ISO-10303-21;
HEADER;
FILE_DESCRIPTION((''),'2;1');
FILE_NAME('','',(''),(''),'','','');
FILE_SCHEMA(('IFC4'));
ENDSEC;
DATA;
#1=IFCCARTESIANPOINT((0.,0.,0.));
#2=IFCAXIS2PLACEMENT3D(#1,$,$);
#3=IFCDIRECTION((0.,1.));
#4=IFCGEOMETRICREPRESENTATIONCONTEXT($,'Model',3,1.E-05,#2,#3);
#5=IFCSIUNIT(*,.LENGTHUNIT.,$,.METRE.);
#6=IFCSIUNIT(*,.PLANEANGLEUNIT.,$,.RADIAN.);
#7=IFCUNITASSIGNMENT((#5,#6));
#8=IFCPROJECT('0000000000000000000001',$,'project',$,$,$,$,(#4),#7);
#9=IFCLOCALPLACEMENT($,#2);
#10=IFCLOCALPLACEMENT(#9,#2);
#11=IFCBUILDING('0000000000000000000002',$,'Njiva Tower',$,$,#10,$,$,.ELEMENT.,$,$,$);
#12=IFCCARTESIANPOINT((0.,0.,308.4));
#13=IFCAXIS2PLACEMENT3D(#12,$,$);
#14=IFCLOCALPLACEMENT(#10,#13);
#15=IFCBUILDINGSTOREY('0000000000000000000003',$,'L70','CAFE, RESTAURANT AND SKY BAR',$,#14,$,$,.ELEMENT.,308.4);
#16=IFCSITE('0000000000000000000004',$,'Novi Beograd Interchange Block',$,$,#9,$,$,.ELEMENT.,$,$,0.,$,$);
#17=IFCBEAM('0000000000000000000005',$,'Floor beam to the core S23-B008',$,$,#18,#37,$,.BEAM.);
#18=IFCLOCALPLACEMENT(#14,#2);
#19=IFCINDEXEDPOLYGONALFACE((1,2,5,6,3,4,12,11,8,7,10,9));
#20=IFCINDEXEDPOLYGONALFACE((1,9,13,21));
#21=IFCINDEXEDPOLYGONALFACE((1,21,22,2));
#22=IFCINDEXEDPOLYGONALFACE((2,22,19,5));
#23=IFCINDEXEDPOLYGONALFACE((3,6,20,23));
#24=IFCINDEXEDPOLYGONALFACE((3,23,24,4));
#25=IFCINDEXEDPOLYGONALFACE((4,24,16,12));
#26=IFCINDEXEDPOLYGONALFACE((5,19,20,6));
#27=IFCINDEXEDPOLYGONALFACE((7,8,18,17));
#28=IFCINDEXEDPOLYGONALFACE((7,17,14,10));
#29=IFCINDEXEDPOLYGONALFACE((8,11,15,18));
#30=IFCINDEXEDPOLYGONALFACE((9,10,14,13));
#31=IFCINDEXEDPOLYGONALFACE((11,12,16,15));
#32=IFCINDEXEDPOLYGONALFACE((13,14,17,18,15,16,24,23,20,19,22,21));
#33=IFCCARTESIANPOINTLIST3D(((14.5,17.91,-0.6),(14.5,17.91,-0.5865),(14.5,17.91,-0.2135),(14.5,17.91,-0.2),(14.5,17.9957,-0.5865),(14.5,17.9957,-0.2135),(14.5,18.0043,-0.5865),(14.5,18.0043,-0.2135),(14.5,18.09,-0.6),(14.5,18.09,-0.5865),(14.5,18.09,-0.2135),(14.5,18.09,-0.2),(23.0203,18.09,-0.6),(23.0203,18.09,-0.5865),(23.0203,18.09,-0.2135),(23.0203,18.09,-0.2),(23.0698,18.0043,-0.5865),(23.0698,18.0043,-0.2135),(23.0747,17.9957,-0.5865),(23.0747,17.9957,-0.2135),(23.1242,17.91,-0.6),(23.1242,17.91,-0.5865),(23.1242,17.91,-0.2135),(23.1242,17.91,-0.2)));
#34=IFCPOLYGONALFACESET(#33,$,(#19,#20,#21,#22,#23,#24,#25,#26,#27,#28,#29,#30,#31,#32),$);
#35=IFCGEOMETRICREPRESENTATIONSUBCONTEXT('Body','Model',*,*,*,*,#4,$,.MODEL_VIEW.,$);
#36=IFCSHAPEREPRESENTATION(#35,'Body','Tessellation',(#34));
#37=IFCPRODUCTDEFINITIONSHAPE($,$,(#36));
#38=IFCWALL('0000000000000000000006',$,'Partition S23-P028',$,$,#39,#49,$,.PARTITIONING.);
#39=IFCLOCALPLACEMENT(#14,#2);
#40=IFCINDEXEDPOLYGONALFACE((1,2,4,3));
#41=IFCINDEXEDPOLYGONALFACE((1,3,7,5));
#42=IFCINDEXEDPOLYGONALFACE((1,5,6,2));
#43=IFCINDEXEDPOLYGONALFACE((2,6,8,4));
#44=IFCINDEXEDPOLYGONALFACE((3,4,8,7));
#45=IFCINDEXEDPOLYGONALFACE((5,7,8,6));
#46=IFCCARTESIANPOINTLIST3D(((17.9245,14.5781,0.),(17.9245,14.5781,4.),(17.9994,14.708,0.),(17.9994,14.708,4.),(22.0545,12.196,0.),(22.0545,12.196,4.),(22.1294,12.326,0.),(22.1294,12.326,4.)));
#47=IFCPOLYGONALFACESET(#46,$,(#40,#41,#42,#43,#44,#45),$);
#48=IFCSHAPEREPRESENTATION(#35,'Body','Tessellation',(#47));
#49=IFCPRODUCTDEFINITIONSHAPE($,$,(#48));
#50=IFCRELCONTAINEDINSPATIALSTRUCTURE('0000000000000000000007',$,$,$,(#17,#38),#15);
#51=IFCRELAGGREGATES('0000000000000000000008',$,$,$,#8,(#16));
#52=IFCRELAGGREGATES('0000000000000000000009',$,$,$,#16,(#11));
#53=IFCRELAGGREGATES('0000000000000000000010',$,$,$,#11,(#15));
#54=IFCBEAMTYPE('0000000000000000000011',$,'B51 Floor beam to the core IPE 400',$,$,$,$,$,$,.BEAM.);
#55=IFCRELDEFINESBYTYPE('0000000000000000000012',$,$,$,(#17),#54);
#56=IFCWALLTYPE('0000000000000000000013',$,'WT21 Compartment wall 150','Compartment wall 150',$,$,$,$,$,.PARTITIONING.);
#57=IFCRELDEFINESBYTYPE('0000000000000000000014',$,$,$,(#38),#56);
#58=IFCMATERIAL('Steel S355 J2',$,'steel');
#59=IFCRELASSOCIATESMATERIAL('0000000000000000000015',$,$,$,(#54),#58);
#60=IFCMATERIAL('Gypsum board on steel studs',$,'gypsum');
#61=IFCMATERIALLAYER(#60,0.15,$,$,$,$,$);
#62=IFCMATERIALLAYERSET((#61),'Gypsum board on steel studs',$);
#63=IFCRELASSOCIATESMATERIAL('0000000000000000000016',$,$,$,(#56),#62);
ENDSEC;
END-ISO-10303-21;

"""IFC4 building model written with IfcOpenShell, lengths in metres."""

from ifc_helpers import new_model, si_unit, direction, frame, frame_2d, origin, origin_2d, place, context, subcontext, project, spatial, rectangle, i_section, extrude, clip, halfspace, material, layer, layer_set, material_profile, profile_set, type_object, element, save


model = new_model("IFC4")

# Units and contexts
model_context = context("Model", 3, precision=1e-05, world=origin(), true_north=direction((0.0, 1.0)))
body_context = subcontext(model_context, "Body", "Model", "MODEL_VIEW")
ifc_project = project(units=[si_unit("LENGTHUNIT", "METRE"), si_unit("PLANEANGLEUNIT", "RADIAN")], contexts=[model_context])

# Site, building, storey
site_placement = place(None, origin())
site = spatial("IfcSite", under=ifc_project, at=site_placement, Name="Novi Beograd Interchange Block", CompositionType="ELEMENT", RefElevation=0.0)
building_placement = place(site_placement, origin())
building = spatial("IfcBuilding", under=site, at=building_placement, Name="Njiva Tower", CompositionType="ELEMENT")
storey_placement = place(building_placement, frame((0.0, 0.0, 308.4)))
storey = spatial("IfcBuildingStorey", under=building, at=storey_placement, Name="L70", Description="CAFE, RESTAURANT AND SKY BAR", CompositionType="ELEMENT", Elevation=308.4)

# Shared definitions
ifc_material_1 = material(Name="Steel S355 J2", Category="steel")

# Beam
ifc_material_profile_1 = material_profile(ifc_material_1, i_section(OverallWidth=0.18, OverallDepth=0.4, WebThickness=0.0086, FlangeThickness=0.0135, at=origin_2d()), Name="IPE 400")
ifc_profile_set_1 = profile_set([ifc_material_profile_1], Name="Steel S355 J2")
beam_type_1 = type_object("IfcBeamType", Name="B51 Floor beam to the core IPE 400", PredefinedType="BEAM", material=ifc_profile_set_1)
beam_1_placement = place(storey_placement, frame((14.5, 18.0, -0.4), z_axis=(1.0, 0.0, 0.0), x_axis=(0.0, 1.0, 0.0)))
element("IfcBeam", 1, at=beam_1_placement, inside=storey, type_object=beam_type_1, Name="Floor beam to the core S23-B008", PredefinedType="BEAM", context=body_context, shape_type="Clipping", body=[
    clip(extrude(i_section(OverallWidth=0.18, OverallDepth=0.4, WebThickness=0.0086, FlangeThickness=0.0135, at=origin_2d()), origin(), (0.0, 0.0, 1.0), 8.644), halfspace(frame((0.025, 0.0, 8.5578), z_axis=(0.499998, 0.0, 0.866027), x_axis=(0.0, 1.0, 0.0)), False)),
])

# Wall
ifc_material_2 = material(Name="Gypsum board on steel studs", Category="gypsum")
ifc_layer_1 = layer(ifc_material_2, 0.15)
ifc_layer_set_1 = layer_set([ifc_layer_1], Name="Gypsum board on steel studs")
wall_type_1 = type_object("IfcWallType", Name="WT21 Compartment wall 150", Description="Compartment wall 150", PredefinedType="PARTITIONING", material=ifc_layer_set_1)
wall_1_placement = place(storey_placement, frame((17.962, 14.643, 0.0), z_axis=(0.0, 0.0, 1.0), x_axis=(0.866248, -0.499614, 0.0)))
element("IfcWall", 2, at=wall_1_placement, inside=storey, type_object=wall_type_1, Name="Partition S23-P028", PredefinedType="PARTITIONING", context=body_context, shape_type="SweptSolid", body=[
    extrude(rectangle(XDim=4.7677, YDim=0.15, at=frame_2d((2.3838, 0.0))), origin(), (0.0, 0.0, 1.0), 4.0),
])

save(model, "model.ifc")
